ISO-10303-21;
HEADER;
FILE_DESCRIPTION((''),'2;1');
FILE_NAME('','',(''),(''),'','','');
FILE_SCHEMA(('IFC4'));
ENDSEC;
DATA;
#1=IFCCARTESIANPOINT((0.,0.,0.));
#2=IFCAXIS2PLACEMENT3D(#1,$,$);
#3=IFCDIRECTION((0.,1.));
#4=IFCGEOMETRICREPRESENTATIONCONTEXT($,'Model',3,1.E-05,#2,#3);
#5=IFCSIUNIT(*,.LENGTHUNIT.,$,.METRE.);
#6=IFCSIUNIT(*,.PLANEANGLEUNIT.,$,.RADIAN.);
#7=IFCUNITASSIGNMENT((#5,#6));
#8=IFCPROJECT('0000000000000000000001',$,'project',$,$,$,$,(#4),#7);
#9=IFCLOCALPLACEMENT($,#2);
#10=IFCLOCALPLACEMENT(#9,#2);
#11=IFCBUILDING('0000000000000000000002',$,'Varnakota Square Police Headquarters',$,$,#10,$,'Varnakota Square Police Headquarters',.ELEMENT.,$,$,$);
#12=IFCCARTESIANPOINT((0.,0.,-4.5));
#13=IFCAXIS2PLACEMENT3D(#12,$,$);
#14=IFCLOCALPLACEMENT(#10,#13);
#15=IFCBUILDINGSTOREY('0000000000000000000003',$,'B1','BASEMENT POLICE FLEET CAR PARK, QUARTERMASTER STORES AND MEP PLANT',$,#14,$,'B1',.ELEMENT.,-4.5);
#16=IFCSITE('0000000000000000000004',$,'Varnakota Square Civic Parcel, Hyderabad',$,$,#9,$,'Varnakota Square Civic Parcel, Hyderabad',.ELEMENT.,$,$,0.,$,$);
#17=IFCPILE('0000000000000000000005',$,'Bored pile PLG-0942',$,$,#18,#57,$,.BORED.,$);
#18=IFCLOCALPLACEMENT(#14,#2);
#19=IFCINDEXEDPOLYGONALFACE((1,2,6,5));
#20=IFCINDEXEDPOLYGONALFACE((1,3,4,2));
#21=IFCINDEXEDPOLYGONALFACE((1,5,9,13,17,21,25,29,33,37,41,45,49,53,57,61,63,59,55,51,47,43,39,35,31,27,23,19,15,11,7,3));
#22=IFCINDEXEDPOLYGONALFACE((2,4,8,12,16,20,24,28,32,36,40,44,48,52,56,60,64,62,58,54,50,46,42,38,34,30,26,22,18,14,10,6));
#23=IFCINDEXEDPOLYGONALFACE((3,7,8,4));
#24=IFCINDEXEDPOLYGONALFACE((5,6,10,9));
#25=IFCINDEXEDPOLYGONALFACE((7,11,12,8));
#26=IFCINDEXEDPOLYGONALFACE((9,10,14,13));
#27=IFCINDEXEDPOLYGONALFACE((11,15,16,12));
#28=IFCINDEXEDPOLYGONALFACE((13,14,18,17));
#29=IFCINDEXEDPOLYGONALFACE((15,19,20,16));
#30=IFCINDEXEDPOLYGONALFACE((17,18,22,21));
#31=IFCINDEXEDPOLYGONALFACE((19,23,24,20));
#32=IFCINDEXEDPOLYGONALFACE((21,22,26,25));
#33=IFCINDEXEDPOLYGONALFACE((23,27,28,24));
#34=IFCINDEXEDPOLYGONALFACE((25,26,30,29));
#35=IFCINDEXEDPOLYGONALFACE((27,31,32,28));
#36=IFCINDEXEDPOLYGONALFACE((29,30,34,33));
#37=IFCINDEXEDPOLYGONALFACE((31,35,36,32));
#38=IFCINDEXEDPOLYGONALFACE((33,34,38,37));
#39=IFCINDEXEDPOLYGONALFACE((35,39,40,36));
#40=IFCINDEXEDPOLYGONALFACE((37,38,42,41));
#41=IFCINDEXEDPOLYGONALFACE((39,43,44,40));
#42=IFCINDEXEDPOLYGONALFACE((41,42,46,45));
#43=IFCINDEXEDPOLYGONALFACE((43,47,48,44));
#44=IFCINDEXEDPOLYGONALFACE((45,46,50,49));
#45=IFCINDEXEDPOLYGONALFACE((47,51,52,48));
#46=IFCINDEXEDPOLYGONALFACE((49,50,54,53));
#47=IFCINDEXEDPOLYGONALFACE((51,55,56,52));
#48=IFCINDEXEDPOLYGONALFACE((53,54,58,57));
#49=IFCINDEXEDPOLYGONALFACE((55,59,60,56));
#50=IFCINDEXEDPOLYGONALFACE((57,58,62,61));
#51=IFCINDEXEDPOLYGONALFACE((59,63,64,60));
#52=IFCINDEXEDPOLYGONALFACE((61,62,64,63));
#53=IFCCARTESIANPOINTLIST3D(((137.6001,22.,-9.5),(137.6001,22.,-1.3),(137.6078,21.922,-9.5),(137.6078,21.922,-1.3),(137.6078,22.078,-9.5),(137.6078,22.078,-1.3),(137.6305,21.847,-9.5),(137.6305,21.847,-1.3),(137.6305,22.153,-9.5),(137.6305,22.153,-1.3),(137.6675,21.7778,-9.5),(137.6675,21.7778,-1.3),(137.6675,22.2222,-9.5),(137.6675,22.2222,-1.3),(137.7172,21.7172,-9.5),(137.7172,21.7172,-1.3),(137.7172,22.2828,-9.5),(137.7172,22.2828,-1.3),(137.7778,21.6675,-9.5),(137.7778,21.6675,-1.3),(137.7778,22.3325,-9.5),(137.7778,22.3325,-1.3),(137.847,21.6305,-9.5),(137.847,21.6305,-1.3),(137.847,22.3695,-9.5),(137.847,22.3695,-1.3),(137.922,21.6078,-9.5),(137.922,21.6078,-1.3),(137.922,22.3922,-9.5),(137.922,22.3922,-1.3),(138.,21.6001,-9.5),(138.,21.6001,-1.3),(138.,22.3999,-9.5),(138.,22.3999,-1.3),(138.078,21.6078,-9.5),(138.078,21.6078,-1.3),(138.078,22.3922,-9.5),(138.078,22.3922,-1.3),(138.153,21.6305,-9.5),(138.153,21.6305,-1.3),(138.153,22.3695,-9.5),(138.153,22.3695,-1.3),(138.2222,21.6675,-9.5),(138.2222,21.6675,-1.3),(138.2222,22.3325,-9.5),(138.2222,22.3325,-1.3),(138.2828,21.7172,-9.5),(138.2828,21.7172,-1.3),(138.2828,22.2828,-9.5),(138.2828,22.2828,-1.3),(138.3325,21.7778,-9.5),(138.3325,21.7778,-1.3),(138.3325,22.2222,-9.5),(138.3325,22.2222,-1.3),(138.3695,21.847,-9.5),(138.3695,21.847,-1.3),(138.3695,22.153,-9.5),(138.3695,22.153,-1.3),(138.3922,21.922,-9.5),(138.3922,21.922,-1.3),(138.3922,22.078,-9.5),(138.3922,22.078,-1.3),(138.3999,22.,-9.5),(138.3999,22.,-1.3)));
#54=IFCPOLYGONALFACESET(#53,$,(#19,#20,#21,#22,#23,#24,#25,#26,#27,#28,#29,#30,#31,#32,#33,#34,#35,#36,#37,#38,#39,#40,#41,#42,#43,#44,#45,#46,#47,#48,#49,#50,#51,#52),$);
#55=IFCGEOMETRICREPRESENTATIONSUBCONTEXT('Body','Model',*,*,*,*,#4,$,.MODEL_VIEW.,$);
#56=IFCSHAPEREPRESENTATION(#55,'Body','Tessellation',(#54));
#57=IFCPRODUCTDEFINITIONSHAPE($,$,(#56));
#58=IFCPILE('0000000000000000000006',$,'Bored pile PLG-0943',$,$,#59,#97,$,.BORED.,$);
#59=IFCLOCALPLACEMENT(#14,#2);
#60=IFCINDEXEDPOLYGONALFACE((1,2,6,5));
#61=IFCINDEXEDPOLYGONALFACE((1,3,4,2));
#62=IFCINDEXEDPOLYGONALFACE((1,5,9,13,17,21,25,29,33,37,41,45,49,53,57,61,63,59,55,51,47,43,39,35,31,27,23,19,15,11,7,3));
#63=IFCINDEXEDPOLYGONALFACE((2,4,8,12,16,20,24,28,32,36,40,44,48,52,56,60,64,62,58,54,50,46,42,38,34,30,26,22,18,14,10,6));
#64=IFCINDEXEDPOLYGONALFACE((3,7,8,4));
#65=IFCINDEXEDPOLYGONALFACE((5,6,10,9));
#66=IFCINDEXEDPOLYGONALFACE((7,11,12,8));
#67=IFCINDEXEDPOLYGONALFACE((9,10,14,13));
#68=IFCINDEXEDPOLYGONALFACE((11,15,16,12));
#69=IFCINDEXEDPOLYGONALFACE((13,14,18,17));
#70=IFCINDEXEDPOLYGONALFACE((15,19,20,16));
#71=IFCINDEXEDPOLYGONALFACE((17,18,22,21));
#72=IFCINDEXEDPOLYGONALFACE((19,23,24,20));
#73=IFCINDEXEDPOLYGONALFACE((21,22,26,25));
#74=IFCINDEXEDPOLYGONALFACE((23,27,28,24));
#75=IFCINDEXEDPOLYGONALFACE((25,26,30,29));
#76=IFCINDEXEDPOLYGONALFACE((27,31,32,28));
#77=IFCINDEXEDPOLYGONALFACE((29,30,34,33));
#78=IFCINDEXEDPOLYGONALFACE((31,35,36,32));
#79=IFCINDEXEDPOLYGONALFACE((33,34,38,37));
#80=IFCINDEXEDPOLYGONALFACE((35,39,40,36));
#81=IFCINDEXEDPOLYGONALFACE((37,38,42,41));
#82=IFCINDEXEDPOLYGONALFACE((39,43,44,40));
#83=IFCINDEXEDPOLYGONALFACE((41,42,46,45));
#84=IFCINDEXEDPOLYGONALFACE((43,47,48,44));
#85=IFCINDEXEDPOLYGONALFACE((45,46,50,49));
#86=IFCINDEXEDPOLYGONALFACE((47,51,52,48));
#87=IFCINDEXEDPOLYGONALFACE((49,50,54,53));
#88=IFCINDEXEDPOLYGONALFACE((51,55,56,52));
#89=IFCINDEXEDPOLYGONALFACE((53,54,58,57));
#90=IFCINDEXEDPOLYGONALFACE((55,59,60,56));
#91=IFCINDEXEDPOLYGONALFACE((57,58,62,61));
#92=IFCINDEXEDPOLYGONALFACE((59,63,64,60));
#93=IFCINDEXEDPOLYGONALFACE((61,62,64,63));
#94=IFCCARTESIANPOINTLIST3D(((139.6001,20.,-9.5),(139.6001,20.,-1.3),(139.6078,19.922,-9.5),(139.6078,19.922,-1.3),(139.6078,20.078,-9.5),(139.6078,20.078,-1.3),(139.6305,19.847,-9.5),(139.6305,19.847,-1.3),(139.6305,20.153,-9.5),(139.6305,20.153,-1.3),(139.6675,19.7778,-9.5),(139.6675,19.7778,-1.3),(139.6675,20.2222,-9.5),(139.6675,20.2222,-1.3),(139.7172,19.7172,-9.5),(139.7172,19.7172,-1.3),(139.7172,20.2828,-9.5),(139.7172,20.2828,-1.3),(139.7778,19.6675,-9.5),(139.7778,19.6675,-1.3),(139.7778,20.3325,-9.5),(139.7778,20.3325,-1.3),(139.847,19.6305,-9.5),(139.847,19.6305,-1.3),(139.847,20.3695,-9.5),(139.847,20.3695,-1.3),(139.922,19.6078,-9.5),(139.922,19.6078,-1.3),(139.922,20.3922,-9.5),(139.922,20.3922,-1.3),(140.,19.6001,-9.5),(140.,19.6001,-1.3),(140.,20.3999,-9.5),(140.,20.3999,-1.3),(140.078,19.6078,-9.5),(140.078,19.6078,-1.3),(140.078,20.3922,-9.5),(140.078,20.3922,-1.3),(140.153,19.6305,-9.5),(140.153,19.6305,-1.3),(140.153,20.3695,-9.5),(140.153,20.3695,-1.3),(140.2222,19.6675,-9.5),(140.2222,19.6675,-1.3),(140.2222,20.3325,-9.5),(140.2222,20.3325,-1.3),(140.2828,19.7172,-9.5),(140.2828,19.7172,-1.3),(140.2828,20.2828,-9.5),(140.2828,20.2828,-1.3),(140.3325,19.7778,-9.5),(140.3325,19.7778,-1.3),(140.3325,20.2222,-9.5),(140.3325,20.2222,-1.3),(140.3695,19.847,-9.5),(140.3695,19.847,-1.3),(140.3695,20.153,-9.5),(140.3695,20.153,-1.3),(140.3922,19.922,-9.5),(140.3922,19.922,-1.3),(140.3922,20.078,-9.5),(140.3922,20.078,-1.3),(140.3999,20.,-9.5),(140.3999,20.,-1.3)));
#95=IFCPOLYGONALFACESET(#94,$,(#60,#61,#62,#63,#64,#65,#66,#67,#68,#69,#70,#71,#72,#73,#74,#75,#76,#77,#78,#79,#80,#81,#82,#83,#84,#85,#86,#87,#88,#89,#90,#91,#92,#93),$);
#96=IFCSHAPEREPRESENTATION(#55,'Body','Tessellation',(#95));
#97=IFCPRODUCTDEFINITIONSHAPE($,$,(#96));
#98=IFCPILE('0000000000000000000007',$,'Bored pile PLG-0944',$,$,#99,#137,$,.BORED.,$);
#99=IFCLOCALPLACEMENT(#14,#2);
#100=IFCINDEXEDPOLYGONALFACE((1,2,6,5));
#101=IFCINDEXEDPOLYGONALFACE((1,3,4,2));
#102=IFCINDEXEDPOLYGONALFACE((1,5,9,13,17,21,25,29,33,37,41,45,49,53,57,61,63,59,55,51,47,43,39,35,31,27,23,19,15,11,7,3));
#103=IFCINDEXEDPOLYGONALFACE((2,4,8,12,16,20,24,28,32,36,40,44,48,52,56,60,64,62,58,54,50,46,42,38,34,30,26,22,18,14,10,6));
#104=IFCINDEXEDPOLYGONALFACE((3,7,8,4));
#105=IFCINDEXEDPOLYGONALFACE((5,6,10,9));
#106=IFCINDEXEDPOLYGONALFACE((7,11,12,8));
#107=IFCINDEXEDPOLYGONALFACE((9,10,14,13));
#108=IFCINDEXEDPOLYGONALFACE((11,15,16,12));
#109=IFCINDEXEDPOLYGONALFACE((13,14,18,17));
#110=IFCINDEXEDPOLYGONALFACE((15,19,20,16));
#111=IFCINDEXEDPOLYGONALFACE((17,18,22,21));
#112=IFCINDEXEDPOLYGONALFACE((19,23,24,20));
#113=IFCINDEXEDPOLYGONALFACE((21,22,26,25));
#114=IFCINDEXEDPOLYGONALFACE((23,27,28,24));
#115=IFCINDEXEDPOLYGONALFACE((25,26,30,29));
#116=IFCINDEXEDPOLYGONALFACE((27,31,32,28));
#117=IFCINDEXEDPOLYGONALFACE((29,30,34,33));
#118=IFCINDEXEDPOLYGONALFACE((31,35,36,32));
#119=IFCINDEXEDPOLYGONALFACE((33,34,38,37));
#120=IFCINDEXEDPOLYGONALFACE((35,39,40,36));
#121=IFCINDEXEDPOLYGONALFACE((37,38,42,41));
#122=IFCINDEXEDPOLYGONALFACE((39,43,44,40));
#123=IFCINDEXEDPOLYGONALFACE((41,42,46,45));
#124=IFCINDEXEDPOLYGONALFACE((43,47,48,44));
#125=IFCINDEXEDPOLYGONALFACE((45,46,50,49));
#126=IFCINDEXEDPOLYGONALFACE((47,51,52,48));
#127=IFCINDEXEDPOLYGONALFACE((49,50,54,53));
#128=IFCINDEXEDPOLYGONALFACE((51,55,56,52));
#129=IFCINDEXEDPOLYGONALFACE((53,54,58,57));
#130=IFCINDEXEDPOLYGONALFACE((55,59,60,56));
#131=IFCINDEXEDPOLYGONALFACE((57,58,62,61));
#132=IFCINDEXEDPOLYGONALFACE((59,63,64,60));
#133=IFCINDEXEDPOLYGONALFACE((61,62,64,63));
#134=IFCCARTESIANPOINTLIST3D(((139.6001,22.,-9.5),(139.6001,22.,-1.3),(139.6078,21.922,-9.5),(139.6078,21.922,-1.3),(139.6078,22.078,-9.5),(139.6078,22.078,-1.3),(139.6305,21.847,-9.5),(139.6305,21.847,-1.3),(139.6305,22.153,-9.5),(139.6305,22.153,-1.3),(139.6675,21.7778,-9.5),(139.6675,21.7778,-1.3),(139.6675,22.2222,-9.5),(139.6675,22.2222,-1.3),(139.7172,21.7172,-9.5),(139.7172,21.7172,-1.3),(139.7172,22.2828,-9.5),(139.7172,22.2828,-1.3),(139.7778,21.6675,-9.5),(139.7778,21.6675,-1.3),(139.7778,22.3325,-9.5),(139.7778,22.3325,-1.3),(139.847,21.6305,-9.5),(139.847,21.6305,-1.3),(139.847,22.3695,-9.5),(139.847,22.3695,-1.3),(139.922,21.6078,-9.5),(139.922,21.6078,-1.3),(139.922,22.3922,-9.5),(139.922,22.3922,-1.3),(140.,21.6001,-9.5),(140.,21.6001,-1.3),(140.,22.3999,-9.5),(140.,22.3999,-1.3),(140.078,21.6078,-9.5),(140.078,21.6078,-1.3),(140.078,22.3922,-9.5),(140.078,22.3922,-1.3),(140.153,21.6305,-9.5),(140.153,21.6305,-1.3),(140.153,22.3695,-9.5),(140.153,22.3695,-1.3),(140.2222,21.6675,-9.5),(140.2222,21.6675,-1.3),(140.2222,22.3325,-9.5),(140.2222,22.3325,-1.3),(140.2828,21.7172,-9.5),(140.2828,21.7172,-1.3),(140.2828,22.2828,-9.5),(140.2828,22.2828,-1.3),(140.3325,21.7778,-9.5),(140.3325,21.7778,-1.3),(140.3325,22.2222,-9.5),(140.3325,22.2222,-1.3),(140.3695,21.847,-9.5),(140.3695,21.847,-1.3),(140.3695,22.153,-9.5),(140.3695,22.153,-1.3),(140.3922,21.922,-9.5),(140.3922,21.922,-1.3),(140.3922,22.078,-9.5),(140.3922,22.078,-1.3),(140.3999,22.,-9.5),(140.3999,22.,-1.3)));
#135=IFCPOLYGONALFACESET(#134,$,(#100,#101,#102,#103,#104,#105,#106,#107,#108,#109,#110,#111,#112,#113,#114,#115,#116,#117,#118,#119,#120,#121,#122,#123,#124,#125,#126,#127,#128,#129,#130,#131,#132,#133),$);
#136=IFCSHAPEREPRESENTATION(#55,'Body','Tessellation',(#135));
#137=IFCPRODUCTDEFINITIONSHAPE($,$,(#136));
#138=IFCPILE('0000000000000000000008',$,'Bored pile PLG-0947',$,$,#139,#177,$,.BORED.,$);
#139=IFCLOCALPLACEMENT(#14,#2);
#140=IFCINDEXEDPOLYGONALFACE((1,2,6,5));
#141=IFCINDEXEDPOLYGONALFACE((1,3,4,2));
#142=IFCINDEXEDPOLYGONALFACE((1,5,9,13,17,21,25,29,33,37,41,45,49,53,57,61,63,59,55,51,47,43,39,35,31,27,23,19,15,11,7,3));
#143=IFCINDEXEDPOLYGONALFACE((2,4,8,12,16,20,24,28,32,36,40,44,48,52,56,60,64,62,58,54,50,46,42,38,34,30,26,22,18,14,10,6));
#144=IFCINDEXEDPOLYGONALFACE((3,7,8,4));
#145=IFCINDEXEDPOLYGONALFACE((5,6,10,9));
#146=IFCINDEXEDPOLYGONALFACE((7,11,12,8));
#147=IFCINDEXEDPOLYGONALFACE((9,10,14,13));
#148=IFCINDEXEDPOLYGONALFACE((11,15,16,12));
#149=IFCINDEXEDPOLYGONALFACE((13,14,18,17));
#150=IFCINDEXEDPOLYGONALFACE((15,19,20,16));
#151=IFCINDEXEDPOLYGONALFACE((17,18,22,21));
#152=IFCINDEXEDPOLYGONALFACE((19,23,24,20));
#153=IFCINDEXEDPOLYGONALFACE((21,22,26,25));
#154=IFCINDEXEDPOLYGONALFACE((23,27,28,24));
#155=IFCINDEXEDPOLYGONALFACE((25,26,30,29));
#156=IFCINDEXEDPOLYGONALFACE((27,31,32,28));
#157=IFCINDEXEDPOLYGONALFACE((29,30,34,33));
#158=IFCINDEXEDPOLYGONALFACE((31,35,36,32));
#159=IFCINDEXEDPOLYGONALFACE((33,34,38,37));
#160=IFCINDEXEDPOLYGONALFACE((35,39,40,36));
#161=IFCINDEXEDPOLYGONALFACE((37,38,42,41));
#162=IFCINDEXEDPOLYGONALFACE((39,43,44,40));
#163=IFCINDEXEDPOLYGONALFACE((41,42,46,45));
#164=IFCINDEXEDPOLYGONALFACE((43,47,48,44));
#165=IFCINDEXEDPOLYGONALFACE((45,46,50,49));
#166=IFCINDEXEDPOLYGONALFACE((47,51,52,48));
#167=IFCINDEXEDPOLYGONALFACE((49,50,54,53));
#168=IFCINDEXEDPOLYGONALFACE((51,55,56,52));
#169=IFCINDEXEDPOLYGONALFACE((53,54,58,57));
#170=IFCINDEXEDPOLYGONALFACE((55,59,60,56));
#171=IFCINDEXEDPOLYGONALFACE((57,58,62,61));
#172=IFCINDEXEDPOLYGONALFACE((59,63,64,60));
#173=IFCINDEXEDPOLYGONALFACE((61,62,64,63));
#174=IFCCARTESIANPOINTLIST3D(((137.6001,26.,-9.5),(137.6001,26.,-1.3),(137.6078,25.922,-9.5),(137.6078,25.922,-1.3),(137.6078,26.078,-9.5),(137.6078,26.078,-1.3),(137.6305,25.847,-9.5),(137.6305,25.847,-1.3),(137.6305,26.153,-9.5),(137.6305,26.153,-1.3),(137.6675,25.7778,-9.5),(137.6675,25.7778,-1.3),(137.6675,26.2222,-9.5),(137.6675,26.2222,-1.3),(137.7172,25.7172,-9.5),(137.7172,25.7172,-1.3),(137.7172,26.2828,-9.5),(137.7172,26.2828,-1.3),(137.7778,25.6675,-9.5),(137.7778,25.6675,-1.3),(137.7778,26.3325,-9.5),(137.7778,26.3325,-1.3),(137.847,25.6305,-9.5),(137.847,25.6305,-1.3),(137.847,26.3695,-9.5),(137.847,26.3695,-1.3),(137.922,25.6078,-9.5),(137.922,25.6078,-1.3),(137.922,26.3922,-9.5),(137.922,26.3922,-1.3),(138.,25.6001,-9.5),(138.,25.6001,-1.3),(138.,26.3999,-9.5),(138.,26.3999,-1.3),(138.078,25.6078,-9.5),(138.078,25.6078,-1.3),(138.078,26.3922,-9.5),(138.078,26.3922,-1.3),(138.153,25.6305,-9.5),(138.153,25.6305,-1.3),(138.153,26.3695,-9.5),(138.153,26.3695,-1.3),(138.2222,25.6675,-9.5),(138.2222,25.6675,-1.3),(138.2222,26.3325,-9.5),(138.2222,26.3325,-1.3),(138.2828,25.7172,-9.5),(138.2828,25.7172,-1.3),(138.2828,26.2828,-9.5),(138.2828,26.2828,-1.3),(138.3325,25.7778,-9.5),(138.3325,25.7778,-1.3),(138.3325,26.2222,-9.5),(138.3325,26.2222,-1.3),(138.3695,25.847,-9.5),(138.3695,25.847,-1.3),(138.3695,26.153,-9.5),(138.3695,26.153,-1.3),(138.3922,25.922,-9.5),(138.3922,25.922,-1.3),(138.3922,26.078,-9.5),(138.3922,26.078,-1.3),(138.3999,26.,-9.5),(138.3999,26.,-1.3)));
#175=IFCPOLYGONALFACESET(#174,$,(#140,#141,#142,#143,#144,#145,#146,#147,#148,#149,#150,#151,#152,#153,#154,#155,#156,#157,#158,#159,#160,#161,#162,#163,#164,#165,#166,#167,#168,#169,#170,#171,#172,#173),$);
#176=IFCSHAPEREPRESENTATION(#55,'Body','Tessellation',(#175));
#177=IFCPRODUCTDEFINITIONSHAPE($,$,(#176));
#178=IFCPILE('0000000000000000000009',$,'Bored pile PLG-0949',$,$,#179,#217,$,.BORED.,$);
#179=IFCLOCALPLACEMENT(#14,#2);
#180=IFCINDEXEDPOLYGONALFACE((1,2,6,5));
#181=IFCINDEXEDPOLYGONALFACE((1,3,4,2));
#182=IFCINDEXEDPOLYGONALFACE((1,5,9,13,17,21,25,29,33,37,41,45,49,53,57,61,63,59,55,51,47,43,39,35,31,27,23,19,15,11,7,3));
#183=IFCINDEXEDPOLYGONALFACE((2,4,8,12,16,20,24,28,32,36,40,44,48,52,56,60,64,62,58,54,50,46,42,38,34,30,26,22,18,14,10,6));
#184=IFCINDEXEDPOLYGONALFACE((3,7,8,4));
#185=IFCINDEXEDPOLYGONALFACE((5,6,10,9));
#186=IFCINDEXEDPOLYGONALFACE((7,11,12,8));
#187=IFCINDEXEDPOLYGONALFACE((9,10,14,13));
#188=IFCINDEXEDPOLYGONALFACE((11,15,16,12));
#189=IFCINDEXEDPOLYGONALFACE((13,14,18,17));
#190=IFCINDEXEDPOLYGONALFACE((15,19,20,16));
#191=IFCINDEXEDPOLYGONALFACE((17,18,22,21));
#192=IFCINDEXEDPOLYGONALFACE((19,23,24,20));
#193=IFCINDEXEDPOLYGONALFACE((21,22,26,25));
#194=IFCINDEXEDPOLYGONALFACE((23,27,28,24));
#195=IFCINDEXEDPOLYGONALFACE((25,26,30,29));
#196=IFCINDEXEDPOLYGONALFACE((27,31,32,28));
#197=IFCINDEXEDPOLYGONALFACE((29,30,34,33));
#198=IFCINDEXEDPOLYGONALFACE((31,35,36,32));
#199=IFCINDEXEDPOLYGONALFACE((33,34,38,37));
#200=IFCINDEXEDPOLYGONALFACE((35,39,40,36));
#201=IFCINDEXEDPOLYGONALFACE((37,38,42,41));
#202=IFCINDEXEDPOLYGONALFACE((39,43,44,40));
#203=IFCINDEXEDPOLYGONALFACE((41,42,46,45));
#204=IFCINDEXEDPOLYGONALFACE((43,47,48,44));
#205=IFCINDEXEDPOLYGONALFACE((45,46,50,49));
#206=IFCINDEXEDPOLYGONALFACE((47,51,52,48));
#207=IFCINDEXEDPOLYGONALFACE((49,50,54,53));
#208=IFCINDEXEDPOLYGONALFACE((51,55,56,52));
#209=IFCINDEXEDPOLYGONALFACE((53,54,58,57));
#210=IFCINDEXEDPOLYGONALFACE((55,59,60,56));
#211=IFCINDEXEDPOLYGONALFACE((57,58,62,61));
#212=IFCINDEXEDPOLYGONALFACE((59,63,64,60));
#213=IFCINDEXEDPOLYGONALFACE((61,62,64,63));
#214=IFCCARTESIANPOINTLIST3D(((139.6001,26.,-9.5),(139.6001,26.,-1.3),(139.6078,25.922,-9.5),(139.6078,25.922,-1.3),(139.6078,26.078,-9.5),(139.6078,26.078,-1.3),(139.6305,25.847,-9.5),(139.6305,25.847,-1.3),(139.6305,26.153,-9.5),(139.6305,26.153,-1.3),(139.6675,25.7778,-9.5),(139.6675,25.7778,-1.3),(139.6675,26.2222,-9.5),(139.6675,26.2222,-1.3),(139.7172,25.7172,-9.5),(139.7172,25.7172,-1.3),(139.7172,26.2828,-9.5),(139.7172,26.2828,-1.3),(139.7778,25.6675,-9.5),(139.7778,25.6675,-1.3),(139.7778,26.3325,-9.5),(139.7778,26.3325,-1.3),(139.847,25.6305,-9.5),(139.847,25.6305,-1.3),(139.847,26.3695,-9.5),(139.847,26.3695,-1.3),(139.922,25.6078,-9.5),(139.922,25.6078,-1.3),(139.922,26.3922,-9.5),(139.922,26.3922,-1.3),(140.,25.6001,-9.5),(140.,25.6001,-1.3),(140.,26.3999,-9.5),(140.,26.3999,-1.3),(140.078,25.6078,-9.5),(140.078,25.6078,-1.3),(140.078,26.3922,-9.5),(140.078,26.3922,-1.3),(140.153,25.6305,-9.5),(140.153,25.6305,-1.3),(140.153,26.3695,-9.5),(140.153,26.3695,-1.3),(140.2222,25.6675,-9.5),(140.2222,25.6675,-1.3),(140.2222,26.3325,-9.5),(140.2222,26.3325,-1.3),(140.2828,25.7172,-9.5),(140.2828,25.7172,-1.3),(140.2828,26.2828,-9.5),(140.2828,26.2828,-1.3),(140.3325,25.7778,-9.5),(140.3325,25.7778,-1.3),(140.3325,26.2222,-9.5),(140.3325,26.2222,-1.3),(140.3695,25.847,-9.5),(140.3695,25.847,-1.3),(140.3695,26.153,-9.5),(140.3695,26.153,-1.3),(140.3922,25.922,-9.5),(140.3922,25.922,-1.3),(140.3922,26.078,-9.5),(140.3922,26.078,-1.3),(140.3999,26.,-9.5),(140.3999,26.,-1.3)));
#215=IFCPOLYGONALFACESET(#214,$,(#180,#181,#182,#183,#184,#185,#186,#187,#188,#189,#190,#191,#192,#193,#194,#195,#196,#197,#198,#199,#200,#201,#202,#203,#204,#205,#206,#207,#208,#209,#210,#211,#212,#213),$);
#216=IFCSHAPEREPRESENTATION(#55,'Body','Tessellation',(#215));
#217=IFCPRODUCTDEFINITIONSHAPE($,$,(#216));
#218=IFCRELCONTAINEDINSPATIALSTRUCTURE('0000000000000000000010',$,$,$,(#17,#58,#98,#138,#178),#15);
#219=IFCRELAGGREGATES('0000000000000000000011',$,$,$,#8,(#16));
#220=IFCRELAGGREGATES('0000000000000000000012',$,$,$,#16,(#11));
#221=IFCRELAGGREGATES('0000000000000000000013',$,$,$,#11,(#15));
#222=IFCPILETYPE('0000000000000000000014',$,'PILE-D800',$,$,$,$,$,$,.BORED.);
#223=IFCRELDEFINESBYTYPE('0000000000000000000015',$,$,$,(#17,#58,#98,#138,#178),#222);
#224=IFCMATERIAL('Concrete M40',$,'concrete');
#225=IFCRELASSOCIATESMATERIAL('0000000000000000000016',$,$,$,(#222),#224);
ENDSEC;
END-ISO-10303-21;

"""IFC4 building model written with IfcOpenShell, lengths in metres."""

from ifc_helpers import new_model, si_unit, direction, frame, origin, origin_2d, place, context, subcontext, project, spatial, circle, extrude, material, material_profile, profile_set, type_object, element, save


model = new_model("IFC4")

# Units and contexts
model_context = context("Model", 3, precision=1e-05, world=origin(), true_north=direction((0.0, 1.0)))
body_context = subcontext(model_context, "Body", "Model", "MODEL_VIEW")
ifc_project = project(units=[si_unit("LENGTHUNIT", "METRE"), si_unit("PLANEANGLEUNIT", "RADIAN")], contexts=[model_context])

# Site, building, storey
site_placement = place(None, origin())
site = spatial("IfcSite", under=ifc_project, at=site_placement, Name="Varnakota Square Civic Parcel, Hyderabad", LongName="Varnakota Square Civic Parcel, Hyderabad", CompositionType="ELEMENT", RefElevation=0.0)
building_placement = place(site_placement, origin())
building = spatial("IfcBuilding", under=site, at=building_placement, Name="Varnakota Square Police Headquarters", LongName="Varnakota Square Police Headquarters", CompositionType="ELEMENT")
storey_placement = place(building_placement, frame((0.0, 0.0, -4.5)))
storey = spatial("IfcBuildingStorey", under=building, at=storey_placement, Name="B1", Description="BASEMENT POLICE FLEET CAR PARK, QUARTERMASTER STORES AND MEP PLANT", LongName="B1", CompositionType="ELEMENT", Elevation=-4.5)

# Shared definitions
ifc_material_1 = material(Name="Concrete M40", Category="concrete")

# Piles
ifc_material_profile_1 = material_profile(ifc_material_1, circle(Radius=0.3999, at=origin_2d()), Name="BORED PILE 800")
ifc_profile_set_1 = profile_set([ifc_material_profile_1], Name="Concrete M40")
pile_type = type_object("IfcPileType", Name="PILE-D800", PredefinedType="BORED", material=ifc_profile_set_1)
for number, where, z_axis, x_axis, name in (
    (1, (138.0, 22.0, -1.3), (0.0, 0.0, -1.0), (1.0, 0.0, 0.0), "Bored pile PLG-0942"),
    (2, (140.0, 20.0, -1.3), (0.0, 0.0, -1.0), (1.0, 0.0, 0.0), "Bored pile PLG-0943"),
    (3, (140.0, 22.0, -1.3), (0.0, 0.0, -1.0), (1.0, 0.0, 0.0), "Bored pile PLG-0944"),
    (4, (138.0, 26.0, -1.3), (0.0, 0.0, -1.0), (1.0, 0.0, 0.0), "Bored pile PLG-0947"),
    (5, (140.0, 26.0, -1.3), (0.0, 0.0, -1.0), (1.0, 0.0, 0.0), "Bored pile PLG-0949"),
):
    element("IfcPile", number, at=place(storey_placement, frame(where, z_axis=z_axis, x_axis=x_axis)), inside=storey, type_object=pile_type, Name=name, PredefinedType="BORED", context=body_context, shape_type="SweptSolid", body=[
        extrude(circle(Radius=0.3999, at=origin_2d()), origin(), (0.0, 0.0, 1.0), 8.2),
    ])

save(model, "model.ifc")
